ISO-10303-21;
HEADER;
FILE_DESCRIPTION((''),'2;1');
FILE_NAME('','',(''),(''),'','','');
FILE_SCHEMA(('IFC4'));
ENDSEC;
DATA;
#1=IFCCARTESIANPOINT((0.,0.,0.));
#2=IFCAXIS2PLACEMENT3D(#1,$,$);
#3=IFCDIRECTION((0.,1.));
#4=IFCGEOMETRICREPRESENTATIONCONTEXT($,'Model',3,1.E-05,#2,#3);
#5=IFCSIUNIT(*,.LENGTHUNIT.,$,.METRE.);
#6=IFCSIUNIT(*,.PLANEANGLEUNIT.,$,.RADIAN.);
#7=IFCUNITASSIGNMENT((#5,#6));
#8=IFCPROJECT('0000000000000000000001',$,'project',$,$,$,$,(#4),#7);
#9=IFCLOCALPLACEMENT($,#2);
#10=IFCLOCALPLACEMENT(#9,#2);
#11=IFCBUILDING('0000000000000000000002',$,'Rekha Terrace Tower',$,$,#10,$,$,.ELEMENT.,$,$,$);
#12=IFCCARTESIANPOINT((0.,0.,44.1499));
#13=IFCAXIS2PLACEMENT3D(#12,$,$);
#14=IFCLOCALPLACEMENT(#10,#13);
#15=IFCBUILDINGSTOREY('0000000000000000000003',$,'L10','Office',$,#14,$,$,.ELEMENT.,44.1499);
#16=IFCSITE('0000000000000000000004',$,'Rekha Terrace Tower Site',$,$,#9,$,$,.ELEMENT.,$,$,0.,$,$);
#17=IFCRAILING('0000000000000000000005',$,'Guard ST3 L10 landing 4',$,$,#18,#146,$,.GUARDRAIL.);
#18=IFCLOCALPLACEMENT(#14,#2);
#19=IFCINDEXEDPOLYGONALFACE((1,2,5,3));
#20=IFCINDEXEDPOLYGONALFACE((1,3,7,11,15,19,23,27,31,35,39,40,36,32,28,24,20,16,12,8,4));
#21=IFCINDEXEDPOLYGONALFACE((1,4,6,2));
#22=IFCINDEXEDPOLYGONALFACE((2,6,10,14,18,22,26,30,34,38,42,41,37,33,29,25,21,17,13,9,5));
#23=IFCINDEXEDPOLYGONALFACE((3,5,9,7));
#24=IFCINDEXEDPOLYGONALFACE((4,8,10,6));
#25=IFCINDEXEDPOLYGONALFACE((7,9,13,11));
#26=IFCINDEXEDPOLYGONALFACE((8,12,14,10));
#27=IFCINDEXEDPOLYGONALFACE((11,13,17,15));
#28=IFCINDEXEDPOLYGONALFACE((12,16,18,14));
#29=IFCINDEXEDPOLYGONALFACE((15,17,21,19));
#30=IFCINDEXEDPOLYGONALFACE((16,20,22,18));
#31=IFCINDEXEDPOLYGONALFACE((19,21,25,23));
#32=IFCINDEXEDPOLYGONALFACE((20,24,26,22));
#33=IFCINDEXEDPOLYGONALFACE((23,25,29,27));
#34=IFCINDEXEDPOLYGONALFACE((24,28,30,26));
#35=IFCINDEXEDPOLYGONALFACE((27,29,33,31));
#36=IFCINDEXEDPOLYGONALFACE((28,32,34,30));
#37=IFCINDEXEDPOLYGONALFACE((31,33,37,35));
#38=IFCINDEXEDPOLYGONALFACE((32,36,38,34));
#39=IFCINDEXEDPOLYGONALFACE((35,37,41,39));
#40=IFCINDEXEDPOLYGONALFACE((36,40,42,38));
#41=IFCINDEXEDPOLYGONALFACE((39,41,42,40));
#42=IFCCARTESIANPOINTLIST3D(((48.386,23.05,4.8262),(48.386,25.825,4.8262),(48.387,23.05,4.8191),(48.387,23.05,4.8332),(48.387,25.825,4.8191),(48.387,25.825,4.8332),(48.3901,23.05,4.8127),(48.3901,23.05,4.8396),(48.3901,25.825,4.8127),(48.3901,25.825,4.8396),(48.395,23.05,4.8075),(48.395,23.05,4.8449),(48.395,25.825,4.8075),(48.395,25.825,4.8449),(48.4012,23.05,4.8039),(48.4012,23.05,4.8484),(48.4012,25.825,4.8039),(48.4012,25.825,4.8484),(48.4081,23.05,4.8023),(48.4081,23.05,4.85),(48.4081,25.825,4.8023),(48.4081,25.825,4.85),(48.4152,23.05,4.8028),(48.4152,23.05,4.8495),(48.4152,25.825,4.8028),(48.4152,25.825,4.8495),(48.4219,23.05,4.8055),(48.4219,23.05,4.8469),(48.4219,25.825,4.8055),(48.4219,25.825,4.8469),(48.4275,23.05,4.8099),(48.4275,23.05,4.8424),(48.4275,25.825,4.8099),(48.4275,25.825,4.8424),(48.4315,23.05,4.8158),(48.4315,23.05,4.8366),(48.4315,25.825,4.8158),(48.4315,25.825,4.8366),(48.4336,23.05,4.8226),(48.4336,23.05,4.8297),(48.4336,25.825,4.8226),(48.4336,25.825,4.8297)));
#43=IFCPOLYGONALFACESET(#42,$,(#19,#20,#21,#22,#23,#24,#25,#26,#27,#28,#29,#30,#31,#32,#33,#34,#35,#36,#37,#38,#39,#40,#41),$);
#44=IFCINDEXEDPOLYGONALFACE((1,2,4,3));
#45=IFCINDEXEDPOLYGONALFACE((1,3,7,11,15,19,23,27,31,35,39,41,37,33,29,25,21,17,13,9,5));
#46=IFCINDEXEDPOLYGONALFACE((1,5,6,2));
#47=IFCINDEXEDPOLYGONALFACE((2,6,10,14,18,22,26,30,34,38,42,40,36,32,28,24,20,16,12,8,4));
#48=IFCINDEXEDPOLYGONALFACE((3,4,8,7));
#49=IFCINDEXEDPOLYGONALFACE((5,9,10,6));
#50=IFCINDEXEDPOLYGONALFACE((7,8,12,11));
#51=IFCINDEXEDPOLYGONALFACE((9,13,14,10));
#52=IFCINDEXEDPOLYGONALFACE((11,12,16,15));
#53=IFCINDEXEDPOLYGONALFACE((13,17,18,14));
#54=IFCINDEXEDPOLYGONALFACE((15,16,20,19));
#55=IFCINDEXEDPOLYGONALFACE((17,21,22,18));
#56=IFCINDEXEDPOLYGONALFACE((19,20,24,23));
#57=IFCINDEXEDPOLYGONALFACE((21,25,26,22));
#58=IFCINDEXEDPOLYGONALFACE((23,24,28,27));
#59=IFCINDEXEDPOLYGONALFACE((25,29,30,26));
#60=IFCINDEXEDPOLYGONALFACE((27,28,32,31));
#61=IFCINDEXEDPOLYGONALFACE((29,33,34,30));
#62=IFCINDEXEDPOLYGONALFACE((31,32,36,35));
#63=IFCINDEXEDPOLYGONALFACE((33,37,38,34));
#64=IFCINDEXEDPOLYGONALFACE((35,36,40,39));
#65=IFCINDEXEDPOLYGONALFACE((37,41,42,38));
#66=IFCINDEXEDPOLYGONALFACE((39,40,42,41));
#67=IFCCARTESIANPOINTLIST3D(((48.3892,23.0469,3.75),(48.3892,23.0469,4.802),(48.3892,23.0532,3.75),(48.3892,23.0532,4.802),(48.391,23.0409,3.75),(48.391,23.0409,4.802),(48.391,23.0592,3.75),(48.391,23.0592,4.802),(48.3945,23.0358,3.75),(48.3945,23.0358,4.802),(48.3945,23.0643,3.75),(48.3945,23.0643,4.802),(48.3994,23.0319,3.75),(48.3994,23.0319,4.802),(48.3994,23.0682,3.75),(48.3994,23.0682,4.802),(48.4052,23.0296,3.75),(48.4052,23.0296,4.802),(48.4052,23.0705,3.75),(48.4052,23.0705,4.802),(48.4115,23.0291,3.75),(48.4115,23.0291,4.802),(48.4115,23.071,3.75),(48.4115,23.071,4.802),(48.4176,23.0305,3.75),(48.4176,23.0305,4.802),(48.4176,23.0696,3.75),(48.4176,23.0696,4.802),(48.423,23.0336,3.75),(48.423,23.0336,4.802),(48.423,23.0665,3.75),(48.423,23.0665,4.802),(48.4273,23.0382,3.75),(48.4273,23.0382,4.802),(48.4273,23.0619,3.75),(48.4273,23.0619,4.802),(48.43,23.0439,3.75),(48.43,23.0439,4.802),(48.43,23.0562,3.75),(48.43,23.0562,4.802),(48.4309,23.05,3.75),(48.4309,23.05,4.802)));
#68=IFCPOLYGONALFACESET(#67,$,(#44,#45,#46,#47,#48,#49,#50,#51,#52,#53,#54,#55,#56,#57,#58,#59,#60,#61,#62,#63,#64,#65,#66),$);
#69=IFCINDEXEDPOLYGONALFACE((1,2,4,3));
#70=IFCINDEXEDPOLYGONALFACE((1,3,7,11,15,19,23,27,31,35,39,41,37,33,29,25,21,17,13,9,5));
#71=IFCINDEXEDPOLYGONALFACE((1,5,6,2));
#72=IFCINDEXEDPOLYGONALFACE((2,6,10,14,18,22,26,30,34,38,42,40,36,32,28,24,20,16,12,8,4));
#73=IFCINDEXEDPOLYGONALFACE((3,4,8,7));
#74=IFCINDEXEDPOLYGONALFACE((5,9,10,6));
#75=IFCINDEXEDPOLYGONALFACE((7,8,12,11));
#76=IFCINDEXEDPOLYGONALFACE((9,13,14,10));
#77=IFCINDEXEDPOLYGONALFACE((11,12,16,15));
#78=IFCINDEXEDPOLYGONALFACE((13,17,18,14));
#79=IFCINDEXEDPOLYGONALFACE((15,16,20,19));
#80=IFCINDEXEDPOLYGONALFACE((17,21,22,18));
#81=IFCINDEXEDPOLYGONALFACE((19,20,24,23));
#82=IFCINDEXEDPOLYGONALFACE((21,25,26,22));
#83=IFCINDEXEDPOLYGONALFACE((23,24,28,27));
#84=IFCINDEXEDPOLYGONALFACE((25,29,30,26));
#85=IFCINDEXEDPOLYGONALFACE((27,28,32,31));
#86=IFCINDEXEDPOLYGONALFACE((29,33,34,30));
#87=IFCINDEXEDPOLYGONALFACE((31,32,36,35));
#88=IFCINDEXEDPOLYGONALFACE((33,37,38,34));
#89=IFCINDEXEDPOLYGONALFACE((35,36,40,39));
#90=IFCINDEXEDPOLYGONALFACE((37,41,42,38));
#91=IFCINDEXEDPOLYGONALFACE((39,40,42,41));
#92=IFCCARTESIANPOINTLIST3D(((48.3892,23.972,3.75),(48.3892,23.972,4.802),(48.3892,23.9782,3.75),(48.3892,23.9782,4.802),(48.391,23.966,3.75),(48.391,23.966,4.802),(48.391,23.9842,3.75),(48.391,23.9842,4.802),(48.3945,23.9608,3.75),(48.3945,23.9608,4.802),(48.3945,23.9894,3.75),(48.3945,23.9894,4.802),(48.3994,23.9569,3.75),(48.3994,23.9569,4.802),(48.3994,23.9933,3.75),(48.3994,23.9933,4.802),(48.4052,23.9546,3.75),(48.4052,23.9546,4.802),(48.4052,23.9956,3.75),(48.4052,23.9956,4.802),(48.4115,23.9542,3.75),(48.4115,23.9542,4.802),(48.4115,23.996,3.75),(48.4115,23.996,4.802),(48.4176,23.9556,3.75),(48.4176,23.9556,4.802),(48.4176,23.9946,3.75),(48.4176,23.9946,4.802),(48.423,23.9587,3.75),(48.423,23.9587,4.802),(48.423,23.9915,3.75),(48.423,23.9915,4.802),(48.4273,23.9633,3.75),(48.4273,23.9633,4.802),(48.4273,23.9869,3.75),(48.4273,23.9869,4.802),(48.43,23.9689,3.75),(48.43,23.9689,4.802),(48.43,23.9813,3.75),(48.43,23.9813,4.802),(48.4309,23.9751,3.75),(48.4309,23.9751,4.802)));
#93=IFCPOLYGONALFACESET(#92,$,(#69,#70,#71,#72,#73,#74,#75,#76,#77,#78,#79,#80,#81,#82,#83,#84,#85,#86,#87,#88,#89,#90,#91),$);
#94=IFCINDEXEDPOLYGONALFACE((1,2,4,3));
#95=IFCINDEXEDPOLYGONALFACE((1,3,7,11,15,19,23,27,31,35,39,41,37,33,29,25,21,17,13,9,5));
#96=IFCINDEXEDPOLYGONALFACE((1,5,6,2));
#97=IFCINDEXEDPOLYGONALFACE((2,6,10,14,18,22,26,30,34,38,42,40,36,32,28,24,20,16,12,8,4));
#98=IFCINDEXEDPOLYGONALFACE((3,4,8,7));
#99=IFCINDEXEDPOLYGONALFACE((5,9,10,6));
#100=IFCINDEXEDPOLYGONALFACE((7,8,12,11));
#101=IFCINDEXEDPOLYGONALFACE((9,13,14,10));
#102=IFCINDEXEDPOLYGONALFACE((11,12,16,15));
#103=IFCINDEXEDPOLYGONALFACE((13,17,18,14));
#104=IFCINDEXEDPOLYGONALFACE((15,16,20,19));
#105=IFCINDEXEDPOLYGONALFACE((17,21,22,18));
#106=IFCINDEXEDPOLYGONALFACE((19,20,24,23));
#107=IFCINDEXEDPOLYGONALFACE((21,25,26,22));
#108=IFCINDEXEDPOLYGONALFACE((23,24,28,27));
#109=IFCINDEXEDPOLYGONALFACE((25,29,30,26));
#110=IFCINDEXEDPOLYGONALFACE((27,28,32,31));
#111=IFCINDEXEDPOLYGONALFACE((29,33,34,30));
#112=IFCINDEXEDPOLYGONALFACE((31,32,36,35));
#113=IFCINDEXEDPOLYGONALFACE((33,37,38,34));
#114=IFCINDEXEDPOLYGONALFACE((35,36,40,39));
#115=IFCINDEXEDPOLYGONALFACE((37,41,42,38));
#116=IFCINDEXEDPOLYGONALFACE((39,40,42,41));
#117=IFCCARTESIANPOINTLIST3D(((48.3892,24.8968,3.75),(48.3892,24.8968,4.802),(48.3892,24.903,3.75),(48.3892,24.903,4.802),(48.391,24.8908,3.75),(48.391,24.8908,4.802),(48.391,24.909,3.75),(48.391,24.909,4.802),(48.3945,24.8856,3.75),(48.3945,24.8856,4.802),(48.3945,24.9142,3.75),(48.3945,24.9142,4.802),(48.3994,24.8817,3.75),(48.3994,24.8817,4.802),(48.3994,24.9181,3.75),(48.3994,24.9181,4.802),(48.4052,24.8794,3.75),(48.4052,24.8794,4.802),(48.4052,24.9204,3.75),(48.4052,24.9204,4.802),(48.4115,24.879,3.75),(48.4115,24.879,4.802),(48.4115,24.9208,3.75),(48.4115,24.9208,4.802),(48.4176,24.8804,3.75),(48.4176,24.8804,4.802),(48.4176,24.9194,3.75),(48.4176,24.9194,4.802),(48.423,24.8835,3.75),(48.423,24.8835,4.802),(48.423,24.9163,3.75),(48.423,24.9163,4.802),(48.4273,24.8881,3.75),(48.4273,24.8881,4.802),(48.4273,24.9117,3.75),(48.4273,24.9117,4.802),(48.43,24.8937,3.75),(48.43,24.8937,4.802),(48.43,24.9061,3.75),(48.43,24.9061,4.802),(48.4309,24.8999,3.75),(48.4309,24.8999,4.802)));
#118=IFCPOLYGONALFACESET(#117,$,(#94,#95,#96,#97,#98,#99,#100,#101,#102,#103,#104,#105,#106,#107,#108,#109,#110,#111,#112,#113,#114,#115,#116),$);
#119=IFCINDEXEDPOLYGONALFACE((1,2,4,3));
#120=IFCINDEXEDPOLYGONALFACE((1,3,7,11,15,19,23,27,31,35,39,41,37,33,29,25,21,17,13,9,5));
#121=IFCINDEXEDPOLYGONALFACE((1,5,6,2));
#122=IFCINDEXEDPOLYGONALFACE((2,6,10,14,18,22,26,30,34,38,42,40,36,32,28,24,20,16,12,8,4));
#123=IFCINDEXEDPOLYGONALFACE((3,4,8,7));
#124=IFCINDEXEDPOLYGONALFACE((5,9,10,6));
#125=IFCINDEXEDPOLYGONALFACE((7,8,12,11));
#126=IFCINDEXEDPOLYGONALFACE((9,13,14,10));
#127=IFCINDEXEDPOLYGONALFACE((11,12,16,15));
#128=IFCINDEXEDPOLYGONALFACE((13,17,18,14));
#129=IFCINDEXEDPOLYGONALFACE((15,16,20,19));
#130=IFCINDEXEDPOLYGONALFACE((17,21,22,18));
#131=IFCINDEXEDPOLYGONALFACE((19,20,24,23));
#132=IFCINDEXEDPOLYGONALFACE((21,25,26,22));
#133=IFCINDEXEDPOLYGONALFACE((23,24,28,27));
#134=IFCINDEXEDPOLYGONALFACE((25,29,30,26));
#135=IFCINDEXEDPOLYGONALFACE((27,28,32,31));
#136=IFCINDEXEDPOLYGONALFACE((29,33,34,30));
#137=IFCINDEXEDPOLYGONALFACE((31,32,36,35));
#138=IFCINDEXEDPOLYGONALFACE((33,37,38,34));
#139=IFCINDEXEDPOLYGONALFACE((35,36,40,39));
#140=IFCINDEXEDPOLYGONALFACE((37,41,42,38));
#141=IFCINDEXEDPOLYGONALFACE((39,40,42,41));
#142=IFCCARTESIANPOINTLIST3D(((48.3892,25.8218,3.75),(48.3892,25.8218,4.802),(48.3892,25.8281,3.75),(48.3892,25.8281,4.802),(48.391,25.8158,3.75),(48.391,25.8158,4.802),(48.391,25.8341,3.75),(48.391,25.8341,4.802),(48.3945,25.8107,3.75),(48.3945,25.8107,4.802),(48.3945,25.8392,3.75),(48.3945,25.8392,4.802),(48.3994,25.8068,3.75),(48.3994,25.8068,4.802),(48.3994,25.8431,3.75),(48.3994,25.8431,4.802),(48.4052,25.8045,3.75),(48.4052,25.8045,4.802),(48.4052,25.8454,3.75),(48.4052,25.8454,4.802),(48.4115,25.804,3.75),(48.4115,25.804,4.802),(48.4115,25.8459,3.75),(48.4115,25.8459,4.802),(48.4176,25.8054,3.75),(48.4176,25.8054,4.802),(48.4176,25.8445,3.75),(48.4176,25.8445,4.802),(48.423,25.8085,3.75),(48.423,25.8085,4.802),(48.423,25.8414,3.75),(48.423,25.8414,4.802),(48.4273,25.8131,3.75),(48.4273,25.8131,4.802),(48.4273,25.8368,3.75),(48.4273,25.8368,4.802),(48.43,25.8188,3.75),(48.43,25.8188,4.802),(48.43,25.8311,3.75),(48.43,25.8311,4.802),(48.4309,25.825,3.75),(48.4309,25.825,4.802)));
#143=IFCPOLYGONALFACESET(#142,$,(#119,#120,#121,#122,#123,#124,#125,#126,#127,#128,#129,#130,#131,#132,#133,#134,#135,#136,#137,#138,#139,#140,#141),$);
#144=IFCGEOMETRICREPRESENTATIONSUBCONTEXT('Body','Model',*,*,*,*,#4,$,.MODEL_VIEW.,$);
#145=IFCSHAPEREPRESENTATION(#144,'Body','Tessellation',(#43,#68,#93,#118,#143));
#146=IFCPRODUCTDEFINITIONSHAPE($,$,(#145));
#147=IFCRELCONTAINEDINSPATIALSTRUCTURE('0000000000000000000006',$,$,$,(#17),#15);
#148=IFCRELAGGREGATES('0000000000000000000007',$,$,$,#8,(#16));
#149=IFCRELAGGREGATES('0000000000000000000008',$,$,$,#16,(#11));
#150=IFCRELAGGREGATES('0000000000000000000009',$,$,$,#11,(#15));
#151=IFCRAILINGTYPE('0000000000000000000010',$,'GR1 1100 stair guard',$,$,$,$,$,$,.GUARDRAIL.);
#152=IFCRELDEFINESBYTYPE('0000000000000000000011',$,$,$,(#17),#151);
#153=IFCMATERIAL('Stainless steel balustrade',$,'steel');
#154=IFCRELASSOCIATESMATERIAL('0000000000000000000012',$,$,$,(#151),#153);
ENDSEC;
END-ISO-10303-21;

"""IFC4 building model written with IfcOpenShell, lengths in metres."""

from ifc_helpers import new_model, si_unit, direction, frame, origin, origin_2d, place, context, subcontext, project, spatial, circle, extrude, material, type_object, element, save


model = new_model("IFC4")

# Units and contexts
model_context = context("Model", 3, precision=1e-05, world=origin(), true_north=direction((0.0, 1.0)))
body_context = subcontext(model_context, "Body", "Model", "MODEL_VIEW")
ifc_project = project(units=[si_unit("LENGTHUNIT", "METRE"), si_unit("PLANEANGLEUNIT", "RADIAN")], contexts=[model_context])

# Site, building, storey
site_placement = place(None, origin())
site = spatial("IfcSite", under=ifc_project, at=site_placement, Name="Rekha Terrace Tower Site", CompositionType="ELEMENT", RefElevation=0.0)
building_placement = place(site_placement, origin())
building = spatial("IfcBuilding", under=site, at=building_placement, Name="Rekha Terrace Tower", CompositionType="ELEMENT")
storey_placement = place(building_placement, frame((0.0, 0.0, 44.1499)))
storey = spatial("IfcBuildingStorey", under=building, at=storey_placement, Name="L10", Description="Office", CompositionType="ELEMENT", Elevation=44.1499)

# Railing
ifc_material_1 = material(Name="Stainless steel balustrade", Category="steel")
railing_type_1 = type_object("IfcRailingType", Name="GR1 1100 stair guard", PredefinedType="GUARDRAIL", material=ifc_material_1)
railing_1_placement = place(storey_placement, frame((48.4099, 23.05, 3.75)))
element("IfcRailing", 1, at=railing_1_placement, inside=storey, type_object=railing_type_1, Name="Guard ST3 L10 landing 4", PredefinedType="GUARDRAIL", context=body_context, shape_type="SweptSolid", body=[
    extrude(circle(Radius=0.0239, at=origin_2d()), frame((0.0, 0.0, 1.0762), z_axis=(0.0, 1.0, 0.0), x_axis=(-1.0, 0.0, 0.0)), (0.0, 0.0, 1.0), 2.7749),
    extrude(circle(Radius=0.021, at=origin_2d()), origin(), (0.0, 0.0, 1.0), 1.052),
    extrude(circle(Radius=0.021, at=origin_2d()), frame((0.0, 0.925, 0.0)), (0.0, 0.0, 1.0), 1.052),
    extrude(circle(Radius=0.021, at=origin_2d()), frame((0.0, 1.8499, 0.0)), (0.0, 0.0, 1.0), 1.052),
    extrude(circle(Radius=0.021, at=origin_2d()), frame((0.0, 2.7749, 0.0)), (0.0, 0.0, 1.0), 1.052),
])

save(model, "model.ifc")
